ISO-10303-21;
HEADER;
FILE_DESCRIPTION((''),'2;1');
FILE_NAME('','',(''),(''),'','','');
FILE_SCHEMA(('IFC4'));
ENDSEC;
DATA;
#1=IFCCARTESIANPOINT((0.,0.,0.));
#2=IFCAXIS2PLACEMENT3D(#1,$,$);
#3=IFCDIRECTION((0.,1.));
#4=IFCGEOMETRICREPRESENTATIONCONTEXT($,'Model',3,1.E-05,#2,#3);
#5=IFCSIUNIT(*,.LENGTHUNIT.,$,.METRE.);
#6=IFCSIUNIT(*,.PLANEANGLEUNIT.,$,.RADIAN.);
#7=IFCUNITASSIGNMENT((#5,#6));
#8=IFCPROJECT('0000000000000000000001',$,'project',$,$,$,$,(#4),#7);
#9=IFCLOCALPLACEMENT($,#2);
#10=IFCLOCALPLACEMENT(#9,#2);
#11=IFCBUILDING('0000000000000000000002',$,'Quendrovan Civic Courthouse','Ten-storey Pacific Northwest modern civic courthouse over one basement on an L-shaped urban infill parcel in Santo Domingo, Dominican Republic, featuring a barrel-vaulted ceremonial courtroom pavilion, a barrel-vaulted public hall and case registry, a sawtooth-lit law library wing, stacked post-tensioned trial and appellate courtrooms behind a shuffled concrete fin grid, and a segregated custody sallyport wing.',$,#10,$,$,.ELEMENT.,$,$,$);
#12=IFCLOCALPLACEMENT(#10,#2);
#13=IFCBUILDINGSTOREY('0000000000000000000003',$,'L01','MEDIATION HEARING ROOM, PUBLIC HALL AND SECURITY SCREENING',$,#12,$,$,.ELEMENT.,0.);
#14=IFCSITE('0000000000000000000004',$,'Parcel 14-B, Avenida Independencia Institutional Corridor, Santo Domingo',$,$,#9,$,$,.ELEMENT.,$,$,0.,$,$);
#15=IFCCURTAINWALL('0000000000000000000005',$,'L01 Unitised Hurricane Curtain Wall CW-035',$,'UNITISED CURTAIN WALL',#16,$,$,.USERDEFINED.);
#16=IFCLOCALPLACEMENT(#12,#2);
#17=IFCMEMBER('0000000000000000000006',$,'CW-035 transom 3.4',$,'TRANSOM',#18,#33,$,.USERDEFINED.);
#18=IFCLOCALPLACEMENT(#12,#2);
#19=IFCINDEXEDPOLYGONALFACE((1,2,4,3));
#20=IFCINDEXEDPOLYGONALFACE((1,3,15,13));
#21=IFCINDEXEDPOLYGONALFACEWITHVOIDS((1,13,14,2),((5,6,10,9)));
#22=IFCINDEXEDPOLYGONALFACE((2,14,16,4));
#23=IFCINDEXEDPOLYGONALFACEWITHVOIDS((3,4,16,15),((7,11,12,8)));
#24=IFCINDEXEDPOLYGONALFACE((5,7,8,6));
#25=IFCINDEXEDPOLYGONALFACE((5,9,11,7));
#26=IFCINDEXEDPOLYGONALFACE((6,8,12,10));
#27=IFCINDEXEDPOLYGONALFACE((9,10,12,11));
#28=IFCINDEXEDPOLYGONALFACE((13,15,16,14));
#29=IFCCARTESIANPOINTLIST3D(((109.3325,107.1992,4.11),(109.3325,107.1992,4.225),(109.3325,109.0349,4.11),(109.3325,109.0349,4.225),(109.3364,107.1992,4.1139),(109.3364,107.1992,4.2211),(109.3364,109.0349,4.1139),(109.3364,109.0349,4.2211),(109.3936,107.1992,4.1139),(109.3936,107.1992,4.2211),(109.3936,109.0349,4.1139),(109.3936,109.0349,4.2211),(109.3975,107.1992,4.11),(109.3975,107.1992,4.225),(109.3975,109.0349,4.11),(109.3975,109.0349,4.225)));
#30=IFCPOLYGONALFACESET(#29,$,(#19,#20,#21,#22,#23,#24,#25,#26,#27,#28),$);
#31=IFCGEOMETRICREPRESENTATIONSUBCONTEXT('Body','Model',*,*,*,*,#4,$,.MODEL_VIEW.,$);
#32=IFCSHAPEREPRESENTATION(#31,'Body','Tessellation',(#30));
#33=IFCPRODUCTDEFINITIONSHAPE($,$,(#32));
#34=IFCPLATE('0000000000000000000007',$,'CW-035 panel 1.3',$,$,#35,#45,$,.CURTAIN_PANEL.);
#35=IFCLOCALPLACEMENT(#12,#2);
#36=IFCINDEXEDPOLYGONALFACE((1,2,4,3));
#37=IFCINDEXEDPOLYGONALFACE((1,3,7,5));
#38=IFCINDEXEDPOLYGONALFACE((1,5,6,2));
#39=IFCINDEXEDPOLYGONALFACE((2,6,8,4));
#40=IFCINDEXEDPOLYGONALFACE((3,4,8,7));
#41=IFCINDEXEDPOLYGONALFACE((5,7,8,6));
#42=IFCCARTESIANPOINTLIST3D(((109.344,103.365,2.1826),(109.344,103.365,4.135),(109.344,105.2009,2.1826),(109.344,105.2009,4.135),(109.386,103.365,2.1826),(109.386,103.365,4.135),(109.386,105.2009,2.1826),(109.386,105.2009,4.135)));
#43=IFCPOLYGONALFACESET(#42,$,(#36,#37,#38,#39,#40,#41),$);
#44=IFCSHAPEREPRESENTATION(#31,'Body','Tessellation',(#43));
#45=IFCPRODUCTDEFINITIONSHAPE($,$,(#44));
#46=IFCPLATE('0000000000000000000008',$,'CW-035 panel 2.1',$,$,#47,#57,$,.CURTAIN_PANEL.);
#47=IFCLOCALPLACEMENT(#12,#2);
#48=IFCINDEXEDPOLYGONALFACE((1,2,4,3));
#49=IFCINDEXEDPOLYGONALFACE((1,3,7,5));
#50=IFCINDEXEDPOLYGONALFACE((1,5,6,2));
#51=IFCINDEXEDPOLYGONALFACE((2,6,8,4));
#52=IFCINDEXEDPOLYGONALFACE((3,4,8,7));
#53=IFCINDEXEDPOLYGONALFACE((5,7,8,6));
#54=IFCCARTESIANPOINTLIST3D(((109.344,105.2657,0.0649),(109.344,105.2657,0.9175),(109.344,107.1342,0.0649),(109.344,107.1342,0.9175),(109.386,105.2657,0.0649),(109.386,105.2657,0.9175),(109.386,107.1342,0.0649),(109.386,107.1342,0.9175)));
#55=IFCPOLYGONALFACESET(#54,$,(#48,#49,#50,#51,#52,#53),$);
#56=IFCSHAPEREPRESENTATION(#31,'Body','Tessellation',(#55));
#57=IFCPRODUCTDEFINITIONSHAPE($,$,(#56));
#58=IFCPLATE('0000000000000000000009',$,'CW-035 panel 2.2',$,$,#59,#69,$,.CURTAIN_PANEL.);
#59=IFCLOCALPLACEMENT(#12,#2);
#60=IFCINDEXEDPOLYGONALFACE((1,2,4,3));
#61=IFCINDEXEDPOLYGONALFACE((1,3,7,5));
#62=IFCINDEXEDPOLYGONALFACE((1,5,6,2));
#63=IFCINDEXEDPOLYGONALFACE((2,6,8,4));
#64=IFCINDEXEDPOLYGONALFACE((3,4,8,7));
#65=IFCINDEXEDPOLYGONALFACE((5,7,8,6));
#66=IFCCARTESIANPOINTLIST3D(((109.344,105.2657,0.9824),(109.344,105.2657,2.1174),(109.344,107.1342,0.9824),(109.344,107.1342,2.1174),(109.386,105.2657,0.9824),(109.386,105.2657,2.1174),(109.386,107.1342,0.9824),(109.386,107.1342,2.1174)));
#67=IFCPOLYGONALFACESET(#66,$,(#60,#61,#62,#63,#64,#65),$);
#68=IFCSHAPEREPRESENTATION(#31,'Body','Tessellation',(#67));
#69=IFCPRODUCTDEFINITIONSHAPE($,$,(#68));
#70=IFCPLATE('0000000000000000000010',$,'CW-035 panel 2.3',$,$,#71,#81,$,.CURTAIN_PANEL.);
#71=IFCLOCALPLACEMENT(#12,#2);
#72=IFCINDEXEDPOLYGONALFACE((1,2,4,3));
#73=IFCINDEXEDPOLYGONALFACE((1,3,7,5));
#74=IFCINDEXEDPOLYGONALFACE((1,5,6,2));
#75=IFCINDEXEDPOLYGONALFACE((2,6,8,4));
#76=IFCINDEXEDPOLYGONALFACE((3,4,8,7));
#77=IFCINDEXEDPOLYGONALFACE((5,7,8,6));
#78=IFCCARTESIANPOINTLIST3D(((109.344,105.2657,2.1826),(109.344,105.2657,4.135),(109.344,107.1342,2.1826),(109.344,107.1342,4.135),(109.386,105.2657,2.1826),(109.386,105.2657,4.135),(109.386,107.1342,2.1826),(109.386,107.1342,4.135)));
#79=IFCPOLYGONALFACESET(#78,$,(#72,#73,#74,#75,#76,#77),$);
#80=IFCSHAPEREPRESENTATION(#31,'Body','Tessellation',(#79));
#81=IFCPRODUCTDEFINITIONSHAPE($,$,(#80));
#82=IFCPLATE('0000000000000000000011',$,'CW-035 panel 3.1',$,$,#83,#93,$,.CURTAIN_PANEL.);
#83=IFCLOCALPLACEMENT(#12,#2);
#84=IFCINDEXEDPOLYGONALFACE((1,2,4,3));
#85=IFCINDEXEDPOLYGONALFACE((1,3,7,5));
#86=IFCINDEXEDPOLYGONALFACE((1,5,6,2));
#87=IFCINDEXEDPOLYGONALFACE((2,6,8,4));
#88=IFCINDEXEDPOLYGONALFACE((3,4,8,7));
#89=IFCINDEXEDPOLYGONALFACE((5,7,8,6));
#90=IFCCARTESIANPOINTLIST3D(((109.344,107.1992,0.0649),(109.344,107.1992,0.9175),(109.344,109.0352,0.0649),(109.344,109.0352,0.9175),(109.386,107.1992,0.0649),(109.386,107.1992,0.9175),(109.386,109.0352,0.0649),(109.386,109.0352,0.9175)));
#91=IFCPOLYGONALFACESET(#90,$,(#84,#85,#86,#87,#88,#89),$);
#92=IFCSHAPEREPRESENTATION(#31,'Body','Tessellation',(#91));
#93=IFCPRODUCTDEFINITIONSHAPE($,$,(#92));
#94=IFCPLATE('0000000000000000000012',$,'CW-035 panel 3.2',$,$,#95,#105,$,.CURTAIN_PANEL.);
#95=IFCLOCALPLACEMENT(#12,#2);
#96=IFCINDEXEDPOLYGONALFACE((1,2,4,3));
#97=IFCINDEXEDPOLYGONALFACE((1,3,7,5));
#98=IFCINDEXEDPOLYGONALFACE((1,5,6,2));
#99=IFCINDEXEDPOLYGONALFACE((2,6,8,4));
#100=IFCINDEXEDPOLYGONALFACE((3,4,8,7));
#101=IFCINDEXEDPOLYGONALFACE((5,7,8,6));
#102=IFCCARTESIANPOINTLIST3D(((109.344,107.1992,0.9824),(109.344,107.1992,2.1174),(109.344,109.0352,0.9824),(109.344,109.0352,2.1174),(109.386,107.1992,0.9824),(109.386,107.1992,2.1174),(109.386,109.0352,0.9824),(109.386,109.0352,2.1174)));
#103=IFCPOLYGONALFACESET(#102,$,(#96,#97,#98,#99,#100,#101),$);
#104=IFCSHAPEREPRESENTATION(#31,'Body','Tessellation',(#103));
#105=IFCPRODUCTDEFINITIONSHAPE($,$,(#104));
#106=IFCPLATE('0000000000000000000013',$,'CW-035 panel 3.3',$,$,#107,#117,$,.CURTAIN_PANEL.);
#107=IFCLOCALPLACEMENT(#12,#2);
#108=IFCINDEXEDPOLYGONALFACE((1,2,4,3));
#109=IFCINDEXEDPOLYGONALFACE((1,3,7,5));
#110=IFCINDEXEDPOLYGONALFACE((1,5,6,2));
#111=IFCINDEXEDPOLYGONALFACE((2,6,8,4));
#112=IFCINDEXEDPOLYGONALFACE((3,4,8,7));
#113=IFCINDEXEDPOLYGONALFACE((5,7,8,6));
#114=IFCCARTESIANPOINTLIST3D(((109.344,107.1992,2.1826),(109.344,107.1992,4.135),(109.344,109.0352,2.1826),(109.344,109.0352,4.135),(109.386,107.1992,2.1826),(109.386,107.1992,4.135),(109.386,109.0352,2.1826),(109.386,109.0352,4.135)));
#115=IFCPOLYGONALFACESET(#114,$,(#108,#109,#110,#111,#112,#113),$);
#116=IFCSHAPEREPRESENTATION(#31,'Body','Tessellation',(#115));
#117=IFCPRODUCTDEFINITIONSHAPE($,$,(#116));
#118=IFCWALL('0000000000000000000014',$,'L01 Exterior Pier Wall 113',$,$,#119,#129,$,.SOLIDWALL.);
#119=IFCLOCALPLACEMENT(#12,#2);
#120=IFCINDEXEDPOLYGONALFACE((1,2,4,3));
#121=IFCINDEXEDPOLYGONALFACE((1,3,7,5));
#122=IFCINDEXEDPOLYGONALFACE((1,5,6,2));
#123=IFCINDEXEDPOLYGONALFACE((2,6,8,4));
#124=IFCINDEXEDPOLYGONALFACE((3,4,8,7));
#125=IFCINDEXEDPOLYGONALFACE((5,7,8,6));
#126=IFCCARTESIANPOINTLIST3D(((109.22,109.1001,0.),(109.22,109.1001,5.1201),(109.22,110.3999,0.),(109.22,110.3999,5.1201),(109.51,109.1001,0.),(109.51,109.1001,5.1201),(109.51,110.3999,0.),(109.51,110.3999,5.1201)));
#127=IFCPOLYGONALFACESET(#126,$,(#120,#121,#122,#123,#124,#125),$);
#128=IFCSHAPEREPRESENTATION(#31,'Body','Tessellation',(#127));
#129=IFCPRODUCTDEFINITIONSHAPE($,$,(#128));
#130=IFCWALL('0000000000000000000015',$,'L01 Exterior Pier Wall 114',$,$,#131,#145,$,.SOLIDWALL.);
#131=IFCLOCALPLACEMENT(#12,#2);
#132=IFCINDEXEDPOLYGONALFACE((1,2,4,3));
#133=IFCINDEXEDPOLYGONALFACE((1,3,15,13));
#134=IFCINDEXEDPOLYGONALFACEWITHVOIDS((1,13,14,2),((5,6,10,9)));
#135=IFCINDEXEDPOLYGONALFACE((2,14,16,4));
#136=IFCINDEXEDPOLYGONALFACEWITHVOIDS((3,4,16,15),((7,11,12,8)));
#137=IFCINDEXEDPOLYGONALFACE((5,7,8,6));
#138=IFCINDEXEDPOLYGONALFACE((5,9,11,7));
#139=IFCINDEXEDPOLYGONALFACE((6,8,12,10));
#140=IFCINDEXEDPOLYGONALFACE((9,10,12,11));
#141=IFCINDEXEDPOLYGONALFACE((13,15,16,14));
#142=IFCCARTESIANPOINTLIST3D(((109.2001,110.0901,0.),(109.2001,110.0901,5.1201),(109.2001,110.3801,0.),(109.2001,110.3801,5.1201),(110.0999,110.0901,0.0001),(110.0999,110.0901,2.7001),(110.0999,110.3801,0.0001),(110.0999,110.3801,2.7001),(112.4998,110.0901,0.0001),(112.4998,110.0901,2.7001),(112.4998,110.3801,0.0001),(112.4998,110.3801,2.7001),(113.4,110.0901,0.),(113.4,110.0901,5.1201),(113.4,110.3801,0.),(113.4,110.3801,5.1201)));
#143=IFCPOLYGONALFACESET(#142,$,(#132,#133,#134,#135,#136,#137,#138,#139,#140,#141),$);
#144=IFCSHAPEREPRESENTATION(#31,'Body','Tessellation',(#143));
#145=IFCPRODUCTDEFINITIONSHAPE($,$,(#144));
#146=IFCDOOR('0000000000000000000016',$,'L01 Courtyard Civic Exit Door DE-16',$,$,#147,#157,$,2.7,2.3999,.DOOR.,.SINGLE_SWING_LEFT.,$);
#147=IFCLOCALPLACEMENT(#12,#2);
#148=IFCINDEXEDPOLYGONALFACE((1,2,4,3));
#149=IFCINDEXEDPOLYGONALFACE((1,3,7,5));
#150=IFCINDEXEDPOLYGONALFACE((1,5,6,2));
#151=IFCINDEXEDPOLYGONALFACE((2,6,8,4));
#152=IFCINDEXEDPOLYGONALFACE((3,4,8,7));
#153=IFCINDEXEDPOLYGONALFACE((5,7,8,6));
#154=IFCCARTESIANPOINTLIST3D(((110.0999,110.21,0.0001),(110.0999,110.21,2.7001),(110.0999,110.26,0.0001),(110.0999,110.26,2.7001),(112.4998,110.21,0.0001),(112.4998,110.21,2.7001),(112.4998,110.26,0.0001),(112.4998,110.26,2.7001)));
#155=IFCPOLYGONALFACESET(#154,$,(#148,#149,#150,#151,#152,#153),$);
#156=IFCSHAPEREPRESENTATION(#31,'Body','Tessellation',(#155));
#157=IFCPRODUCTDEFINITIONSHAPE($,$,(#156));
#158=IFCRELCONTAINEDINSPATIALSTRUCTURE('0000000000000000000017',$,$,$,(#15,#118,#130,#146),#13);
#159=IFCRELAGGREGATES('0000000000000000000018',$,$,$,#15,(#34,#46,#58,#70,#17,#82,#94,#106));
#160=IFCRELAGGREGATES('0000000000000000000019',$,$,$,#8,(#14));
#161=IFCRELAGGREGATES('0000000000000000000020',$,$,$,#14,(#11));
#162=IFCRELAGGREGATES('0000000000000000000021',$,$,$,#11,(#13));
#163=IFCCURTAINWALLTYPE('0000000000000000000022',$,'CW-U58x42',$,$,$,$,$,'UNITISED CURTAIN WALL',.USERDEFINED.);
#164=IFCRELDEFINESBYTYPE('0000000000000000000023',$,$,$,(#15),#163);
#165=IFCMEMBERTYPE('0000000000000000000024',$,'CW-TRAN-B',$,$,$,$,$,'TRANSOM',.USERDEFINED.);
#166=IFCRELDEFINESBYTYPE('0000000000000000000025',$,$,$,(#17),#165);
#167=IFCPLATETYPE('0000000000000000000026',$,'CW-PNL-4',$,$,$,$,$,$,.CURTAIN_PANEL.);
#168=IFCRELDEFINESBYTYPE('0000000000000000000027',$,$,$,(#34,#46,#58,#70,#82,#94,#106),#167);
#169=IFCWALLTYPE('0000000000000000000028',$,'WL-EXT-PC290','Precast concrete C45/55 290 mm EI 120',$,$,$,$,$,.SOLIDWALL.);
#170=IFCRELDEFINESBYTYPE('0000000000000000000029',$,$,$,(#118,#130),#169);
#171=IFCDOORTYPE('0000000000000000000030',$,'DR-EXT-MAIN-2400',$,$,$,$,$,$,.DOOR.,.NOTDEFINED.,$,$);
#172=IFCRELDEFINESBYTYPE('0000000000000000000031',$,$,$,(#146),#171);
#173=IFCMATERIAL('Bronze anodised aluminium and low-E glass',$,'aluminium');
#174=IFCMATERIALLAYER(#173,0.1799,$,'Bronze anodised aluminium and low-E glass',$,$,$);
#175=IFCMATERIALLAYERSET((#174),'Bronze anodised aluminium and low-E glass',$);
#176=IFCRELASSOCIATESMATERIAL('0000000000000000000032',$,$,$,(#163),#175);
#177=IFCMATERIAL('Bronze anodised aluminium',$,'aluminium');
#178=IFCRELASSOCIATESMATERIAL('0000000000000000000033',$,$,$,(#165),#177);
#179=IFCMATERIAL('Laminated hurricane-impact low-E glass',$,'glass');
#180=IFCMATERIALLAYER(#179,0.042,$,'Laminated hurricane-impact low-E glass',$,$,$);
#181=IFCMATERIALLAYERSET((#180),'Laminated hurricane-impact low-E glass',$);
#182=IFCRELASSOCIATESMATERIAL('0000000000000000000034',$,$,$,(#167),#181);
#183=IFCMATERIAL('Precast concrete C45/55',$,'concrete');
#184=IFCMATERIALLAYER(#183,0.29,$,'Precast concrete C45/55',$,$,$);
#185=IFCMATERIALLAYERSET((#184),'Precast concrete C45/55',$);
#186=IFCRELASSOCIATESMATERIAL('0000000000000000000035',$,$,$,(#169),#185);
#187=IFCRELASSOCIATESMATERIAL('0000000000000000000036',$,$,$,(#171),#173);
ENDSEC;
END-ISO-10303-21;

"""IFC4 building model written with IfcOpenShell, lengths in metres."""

from ifc_helpers import new_model, si_unit, direction, frame, frame_2d, origin, origin_2d, place, context, subcontext, project, spatial, rectangle, hollow_rectangle, extrude, material, layer, layer_set, material_profile, profile_set, type_object, element, fill, aggregate, save


model = new_model("IFC4")

# Units and contexts
model_context = context("Model", 3, precision=1e-05, world=origin(), true_north=direction((0.0, 1.0)))
body_context = subcontext(model_context, "Body", "Model", "MODEL_VIEW")
ifc_project = project(units=[si_unit("LENGTHUNIT", "METRE"), si_unit("PLANEANGLEUNIT", "RADIAN")], contexts=[model_context])

# Site, building, storey
site_placement = place(None, origin())
site = spatial("IfcSite", under=ifc_project, at=site_placement, Name="Parcel 14-B, Avenida Independencia Institutional Corridor, Santo Domingo", CompositionType="ELEMENT", RefElevation=0.0)
building_placement = place(site_placement, origin())
building = spatial("IfcBuilding", under=site, at=building_placement, Name="Quendrovan Civic Courthouse", Description="Ten-storey Pacific Northwest modern civic courthouse over one basement on an L-shaped urban infill parcel in Santo Domingo, Dominican Republic, featuring a barrel-vaulted ceremonial courtroom pavilion, a barrel-vaulted public hall and case registry, a sawtooth-lit law library wing, stacked post-tensioned trial and appellate courtrooms behind a shuffled concrete fin grid, and a segregated custody sallyport wing.", CompositionType="ELEMENT")
storey_placement = place(building_placement, origin())
storey = spatial("IfcBuildingStorey", under=building, at=storey_placement, Name="L01", Description="MEDIATION HEARING ROOM, PUBLIC HALL AND SECURITY SCREENING", CompositionType="ELEMENT", Elevation=0.0)

# Curtain wall, member, plates
ifc_material_1 = material(Name="Bronze anodised aluminium and low-E glass", Category="aluminium")
ifc_layer_1 = layer(ifc_material_1, 0.1799, Name="Bronze anodised aluminium and low-E glass")
ifc_layer_set_1 = layer_set([ifc_layer_1], Name="Bronze anodised aluminium and low-E glass")
curtain_wall_type = type_object("IfcCurtainWallType", Name="CW-U58x42", ElementType="UNITISED CURTAIN WALL", PredefinedType="USERDEFINED", material=ifc_layer_set_1)
curtain_wall_placement = place(storey_placement, origin())
curtain_wall = element("IfcCurtainWall", 1, at=curtain_wall_placement, inside=storey, type_object=curtain_wall_type, Name="L01 Unitised Hurricane Curtain Wall CW-035", ObjectType="UNITISED CURTAIN WALL", PredefinedType="USERDEFINED")
ifc_material_2 = material(Name="Bronze anodised aluminium", Category="aluminium")
ifc_material_profile_1 = material_profile(ifc_material_2, hollow_rectangle(XDim=0.0649, YDim=0.115, WallThickness=0.0039, at=origin_2d()), Name="CW-TRAN-65x115")
ifc_profile_set_1 = profile_set([ifc_material_profile_1], Name="Bronze anodised aluminium")
member_type_1 = type_object("IfcMemberType", Name="CW-TRAN-B", ElementType="TRANSOM", PredefinedType="USERDEFINED", material=ifc_profile_set_1)
member_1_placement = place(storey_placement, frame((109.365, 107.1992, 4.1675), z_axis=(0.0, 1.0, 0.0), x_axis=(-1.0, 0.0, 0.0)))
member_1 = element("IfcMember", 2, at=member_1_placement, type_object=member_type_1, Name="CW-035 transom 3.4", ObjectType="TRANSOM", PredefinedType="USERDEFINED", context=body_context, shape_type="SweptSolid", body=[
    extrude(hollow_rectangle(XDim=0.0649, YDim=0.115, WallThickness=0.0039, at=origin_2d()), origin(), (0.0, 0.0, 1.0), 1.8357),
])
ifc_material_3 = material(Name="Laminated hurricane-impact low-E glass", Category="glass")
ifc_layer_2 = layer(ifc_material_3, 0.042, Name="Laminated hurricane-impact low-E glass")
ifc_layer_set_2 = layer_set([ifc_layer_2], Name="Laminated hurricane-impact low-E glass")
plate_type = type_object("IfcPlateType", Name="CW-PNL-4", PredefinedType="CURTAIN_PANEL", material=ifc_layer_set_2)
plate_1_placement = place(storey_placement, frame((109.365, 104.283, 2.1826), z_axis=(0.0, 0.0, 1.0), x_axis=(0.0, 1.0, 0.0)))
plate_1 = element("IfcPlate", 3, at=plate_1_placement, type_object=plate_type, Name="CW-035 panel 1.3", PredefinedType="CURTAIN_PANEL", context=body_context, shape_type="SweptSolid", body=[
    extrude(rectangle(XDim=1.8359, YDim=0.042, at=origin_2d()), origin(), (0.0, 0.0, 1.0), 1.9524),
])
plate_2_placement = place(storey_placement, frame((109.365, 106.2, 0.0649), z_axis=(0.0, 0.0, 1.0), x_axis=(0.0, 1.0, 0.0)))
plate_2 = element("IfcPlate", 4, at=plate_2_placement, type_object=plate_type, Name="CW-035 panel 2.1", PredefinedType="CURTAIN_PANEL", context=body_context, shape_type="SweptSolid", body=[
    extrude(rectangle(XDim=1.8684, YDim=0.042, at=origin_2d()), origin(), (0.0, 0.0, 1.0), 0.8525),
])
plate_3_placement = place(storey_placement, frame((109.365, 106.2, 0.9824), z_axis=(0.0, 0.0, 1.0), x_axis=(0.0, 1.0, 0.0)))
plate_3 = element("IfcPlate", 5, at=plate_3_placement, type_object=plate_type, Name="CW-035 panel 2.2", PredefinedType="CURTAIN_PANEL", context=body_context, shape_type="SweptSolid", body=[
    extrude(rectangle(XDim=1.8684, YDim=0.042, at=origin_2d()), origin(), (0.0, 0.0, 1.0), 1.135),
])
plate_4_placement = place(storey_placement, frame((109.365, 106.2, 2.1826), z_axis=(0.0, 0.0, 1.0), x_axis=(0.0, 1.0, 0.0)))
plate_4 = element("IfcPlate", 6, at=plate_4_placement, type_object=plate_type, Name="CW-035 panel 2.3", PredefinedType="CURTAIN_PANEL", context=body_context, shape_type="SweptSolid", body=[
    extrude(rectangle(XDim=1.8684, YDim=0.042, at=origin_2d()), origin(), (0.0, 0.0, 1.0), 1.9524),
])
plate_5_placement = place(storey_placement, frame((109.365, 108.1172, 0.0649), z_axis=(0.0, 0.0, 1.0), x_axis=(0.0, 1.0, 0.0)))
plate_5 = element("IfcPlate", 7, at=plate_5_placement, type_object=plate_type, Name="CW-035 panel 3.1", PredefinedType="CURTAIN_PANEL", context=body_context, shape_type="SweptSolid", body=[
    extrude(rectangle(XDim=1.8359, YDim=0.042, at=origin_2d()), origin(), (0.0, 0.0, 1.0), 0.8525),
])
plate_6_placement = place(storey_placement, frame((109.365, 108.1172, 0.9824), z_axis=(0.0, 0.0, 1.0), x_axis=(0.0, 1.0, 0.0)))
plate_6 = element("IfcPlate", 8, at=plate_6_placement, type_object=plate_type, Name="CW-035 panel 3.2", PredefinedType="CURTAIN_PANEL", context=body_context, shape_type="SweptSolid", body=[
    extrude(rectangle(XDim=1.8359, YDim=0.042, at=origin_2d()), origin(), (0.0, 0.0, 1.0), 1.135),
])
plate_7_placement = place(storey_placement, frame((109.365, 108.1172, 2.1826), z_axis=(0.0, 0.0, 1.0), x_axis=(0.0, 1.0, 0.0)))
plate_7 = element("IfcPlate", 9, at=plate_7_placement, type_object=plate_type, Name="CW-035 panel 3.3", PredefinedType="CURTAIN_PANEL", context=body_context, shape_type="SweptSolid", body=[
    extrude(rectangle(XDim=1.8359, YDim=0.042, at=origin_2d()), origin(), (0.0, 0.0, 1.0), 1.9524),
])
aggregate(curtain_wall, [plate_1, plate_2, plate_3, plate_4, member_1, plate_5, plate_6, plate_7])

# Wall
ifc_material_4 = material(Name="Precast concrete C45/55", Category="concrete")
ifc_layer_3 = layer(ifc_material_4, 0.29, Name="Precast concrete C45/55")
ifc_layer_set_3 = layer_set([ifc_layer_3], Name="Precast concrete C45/55")
wall_type = type_object("IfcWallType", Name="WL-EXT-PC290", Description="Precast concrete C45/55 290 mm EI 120", PredefinedType="SOLIDWALL", material=ifc_layer_set_3)
wall_1_placement = place(storey_placement, frame((109.365, 109.1001, 0.0), z_axis=(0.0, 0.0, 1.0), x_axis=(0.0, 1.0, 0.0)))
element("IfcWall", 10, at=wall_1_placement, inside=storey, type_object=wall_type, Name="L01 Exterior Pier Wall 113", PredefinedType="SOLIDWALL", context=body_context, shape_type="SweptSolid", body=[
    extrude(rectangle(XDim=1.2998, YDim=0.29, at=frame_2d((0.6499, 0.0))), origin(), (0.0, 0.0, 1.0), 5.1201),
])

# Wall, opening, door
wall_2_placement = place(storey_placement, frame((109.2, 110.2351, 0.0), z_axis=(0.0, 0.0, 1.0), x_axis=(1.0, 0.0, 0.0)))
wall_2 = element("IfcWall", 11, at=wall_2_placement, inside=storey, type_object=wall_type, Name="L01 Exterior Pier Wall 114", PredefinedType="SOLIDWALL", context=body_context, shape_type="SweptSolid", body=[
    extrude(rectangle(XDim=4.2, YDim=0.29, at=frame_2d((2.1001, 0.0))), origin(), (0.0, 0.0, 1.0), 5.1201),
])
opening_placement = place(wall_2_placement, frame((0.8999, 0.0, 0.0)))
opening = element("IfcOpeningElement", 12, at=opening_placement, cuts=wall_2, PredefinedType="OPENING", context=body_context, shape_type="SweptSolid", body=[
    extrude(rectangle(XDim=2.3999, YDim=2.7, at=frame_2d((1.2, 1.3501))), frame((0.0, 0.155, 0.0), z_axis=(0.0, -1.0, 0.0), x_axis=(1.0, 0.0, 0.0)), (0.0, 0.0, 1.0), 0.3101),
])
door_type = type_object("IfcDoorType", Name="DR-EXT-MAIN-2400", OperationType="NOTDEFINED", PredefinedType="DOOR", material=ifc_material_1)
door_placement = place(opening_placement, origin())
door = element("IfcDoor", 13, at=door_placement, inside=storey, type_object=door_type, Name="L01 Courtyard Civic Exit Door DE-16", OperationType="SINGLE_SWING_LEFT", OverallHeight=2.7, OverallWidth=2.3999, PredefinedType="DOOR", context=body_context, shape_type="SweptSolid", body=[
    extrude(rectangle(XDim=2.3999, YDim=2.7, at=frame_2d((1.2, 1.3501))), frame((0.0, 0.0249, 0.0), z_axis=(0.0, -1.0, 0.0), x_axis=(1.0, 0.0, 0.0)), (0.0, 0.0, 1.0), 0.05),
])
fill(opening, door)

save(model, "model.ifc")
